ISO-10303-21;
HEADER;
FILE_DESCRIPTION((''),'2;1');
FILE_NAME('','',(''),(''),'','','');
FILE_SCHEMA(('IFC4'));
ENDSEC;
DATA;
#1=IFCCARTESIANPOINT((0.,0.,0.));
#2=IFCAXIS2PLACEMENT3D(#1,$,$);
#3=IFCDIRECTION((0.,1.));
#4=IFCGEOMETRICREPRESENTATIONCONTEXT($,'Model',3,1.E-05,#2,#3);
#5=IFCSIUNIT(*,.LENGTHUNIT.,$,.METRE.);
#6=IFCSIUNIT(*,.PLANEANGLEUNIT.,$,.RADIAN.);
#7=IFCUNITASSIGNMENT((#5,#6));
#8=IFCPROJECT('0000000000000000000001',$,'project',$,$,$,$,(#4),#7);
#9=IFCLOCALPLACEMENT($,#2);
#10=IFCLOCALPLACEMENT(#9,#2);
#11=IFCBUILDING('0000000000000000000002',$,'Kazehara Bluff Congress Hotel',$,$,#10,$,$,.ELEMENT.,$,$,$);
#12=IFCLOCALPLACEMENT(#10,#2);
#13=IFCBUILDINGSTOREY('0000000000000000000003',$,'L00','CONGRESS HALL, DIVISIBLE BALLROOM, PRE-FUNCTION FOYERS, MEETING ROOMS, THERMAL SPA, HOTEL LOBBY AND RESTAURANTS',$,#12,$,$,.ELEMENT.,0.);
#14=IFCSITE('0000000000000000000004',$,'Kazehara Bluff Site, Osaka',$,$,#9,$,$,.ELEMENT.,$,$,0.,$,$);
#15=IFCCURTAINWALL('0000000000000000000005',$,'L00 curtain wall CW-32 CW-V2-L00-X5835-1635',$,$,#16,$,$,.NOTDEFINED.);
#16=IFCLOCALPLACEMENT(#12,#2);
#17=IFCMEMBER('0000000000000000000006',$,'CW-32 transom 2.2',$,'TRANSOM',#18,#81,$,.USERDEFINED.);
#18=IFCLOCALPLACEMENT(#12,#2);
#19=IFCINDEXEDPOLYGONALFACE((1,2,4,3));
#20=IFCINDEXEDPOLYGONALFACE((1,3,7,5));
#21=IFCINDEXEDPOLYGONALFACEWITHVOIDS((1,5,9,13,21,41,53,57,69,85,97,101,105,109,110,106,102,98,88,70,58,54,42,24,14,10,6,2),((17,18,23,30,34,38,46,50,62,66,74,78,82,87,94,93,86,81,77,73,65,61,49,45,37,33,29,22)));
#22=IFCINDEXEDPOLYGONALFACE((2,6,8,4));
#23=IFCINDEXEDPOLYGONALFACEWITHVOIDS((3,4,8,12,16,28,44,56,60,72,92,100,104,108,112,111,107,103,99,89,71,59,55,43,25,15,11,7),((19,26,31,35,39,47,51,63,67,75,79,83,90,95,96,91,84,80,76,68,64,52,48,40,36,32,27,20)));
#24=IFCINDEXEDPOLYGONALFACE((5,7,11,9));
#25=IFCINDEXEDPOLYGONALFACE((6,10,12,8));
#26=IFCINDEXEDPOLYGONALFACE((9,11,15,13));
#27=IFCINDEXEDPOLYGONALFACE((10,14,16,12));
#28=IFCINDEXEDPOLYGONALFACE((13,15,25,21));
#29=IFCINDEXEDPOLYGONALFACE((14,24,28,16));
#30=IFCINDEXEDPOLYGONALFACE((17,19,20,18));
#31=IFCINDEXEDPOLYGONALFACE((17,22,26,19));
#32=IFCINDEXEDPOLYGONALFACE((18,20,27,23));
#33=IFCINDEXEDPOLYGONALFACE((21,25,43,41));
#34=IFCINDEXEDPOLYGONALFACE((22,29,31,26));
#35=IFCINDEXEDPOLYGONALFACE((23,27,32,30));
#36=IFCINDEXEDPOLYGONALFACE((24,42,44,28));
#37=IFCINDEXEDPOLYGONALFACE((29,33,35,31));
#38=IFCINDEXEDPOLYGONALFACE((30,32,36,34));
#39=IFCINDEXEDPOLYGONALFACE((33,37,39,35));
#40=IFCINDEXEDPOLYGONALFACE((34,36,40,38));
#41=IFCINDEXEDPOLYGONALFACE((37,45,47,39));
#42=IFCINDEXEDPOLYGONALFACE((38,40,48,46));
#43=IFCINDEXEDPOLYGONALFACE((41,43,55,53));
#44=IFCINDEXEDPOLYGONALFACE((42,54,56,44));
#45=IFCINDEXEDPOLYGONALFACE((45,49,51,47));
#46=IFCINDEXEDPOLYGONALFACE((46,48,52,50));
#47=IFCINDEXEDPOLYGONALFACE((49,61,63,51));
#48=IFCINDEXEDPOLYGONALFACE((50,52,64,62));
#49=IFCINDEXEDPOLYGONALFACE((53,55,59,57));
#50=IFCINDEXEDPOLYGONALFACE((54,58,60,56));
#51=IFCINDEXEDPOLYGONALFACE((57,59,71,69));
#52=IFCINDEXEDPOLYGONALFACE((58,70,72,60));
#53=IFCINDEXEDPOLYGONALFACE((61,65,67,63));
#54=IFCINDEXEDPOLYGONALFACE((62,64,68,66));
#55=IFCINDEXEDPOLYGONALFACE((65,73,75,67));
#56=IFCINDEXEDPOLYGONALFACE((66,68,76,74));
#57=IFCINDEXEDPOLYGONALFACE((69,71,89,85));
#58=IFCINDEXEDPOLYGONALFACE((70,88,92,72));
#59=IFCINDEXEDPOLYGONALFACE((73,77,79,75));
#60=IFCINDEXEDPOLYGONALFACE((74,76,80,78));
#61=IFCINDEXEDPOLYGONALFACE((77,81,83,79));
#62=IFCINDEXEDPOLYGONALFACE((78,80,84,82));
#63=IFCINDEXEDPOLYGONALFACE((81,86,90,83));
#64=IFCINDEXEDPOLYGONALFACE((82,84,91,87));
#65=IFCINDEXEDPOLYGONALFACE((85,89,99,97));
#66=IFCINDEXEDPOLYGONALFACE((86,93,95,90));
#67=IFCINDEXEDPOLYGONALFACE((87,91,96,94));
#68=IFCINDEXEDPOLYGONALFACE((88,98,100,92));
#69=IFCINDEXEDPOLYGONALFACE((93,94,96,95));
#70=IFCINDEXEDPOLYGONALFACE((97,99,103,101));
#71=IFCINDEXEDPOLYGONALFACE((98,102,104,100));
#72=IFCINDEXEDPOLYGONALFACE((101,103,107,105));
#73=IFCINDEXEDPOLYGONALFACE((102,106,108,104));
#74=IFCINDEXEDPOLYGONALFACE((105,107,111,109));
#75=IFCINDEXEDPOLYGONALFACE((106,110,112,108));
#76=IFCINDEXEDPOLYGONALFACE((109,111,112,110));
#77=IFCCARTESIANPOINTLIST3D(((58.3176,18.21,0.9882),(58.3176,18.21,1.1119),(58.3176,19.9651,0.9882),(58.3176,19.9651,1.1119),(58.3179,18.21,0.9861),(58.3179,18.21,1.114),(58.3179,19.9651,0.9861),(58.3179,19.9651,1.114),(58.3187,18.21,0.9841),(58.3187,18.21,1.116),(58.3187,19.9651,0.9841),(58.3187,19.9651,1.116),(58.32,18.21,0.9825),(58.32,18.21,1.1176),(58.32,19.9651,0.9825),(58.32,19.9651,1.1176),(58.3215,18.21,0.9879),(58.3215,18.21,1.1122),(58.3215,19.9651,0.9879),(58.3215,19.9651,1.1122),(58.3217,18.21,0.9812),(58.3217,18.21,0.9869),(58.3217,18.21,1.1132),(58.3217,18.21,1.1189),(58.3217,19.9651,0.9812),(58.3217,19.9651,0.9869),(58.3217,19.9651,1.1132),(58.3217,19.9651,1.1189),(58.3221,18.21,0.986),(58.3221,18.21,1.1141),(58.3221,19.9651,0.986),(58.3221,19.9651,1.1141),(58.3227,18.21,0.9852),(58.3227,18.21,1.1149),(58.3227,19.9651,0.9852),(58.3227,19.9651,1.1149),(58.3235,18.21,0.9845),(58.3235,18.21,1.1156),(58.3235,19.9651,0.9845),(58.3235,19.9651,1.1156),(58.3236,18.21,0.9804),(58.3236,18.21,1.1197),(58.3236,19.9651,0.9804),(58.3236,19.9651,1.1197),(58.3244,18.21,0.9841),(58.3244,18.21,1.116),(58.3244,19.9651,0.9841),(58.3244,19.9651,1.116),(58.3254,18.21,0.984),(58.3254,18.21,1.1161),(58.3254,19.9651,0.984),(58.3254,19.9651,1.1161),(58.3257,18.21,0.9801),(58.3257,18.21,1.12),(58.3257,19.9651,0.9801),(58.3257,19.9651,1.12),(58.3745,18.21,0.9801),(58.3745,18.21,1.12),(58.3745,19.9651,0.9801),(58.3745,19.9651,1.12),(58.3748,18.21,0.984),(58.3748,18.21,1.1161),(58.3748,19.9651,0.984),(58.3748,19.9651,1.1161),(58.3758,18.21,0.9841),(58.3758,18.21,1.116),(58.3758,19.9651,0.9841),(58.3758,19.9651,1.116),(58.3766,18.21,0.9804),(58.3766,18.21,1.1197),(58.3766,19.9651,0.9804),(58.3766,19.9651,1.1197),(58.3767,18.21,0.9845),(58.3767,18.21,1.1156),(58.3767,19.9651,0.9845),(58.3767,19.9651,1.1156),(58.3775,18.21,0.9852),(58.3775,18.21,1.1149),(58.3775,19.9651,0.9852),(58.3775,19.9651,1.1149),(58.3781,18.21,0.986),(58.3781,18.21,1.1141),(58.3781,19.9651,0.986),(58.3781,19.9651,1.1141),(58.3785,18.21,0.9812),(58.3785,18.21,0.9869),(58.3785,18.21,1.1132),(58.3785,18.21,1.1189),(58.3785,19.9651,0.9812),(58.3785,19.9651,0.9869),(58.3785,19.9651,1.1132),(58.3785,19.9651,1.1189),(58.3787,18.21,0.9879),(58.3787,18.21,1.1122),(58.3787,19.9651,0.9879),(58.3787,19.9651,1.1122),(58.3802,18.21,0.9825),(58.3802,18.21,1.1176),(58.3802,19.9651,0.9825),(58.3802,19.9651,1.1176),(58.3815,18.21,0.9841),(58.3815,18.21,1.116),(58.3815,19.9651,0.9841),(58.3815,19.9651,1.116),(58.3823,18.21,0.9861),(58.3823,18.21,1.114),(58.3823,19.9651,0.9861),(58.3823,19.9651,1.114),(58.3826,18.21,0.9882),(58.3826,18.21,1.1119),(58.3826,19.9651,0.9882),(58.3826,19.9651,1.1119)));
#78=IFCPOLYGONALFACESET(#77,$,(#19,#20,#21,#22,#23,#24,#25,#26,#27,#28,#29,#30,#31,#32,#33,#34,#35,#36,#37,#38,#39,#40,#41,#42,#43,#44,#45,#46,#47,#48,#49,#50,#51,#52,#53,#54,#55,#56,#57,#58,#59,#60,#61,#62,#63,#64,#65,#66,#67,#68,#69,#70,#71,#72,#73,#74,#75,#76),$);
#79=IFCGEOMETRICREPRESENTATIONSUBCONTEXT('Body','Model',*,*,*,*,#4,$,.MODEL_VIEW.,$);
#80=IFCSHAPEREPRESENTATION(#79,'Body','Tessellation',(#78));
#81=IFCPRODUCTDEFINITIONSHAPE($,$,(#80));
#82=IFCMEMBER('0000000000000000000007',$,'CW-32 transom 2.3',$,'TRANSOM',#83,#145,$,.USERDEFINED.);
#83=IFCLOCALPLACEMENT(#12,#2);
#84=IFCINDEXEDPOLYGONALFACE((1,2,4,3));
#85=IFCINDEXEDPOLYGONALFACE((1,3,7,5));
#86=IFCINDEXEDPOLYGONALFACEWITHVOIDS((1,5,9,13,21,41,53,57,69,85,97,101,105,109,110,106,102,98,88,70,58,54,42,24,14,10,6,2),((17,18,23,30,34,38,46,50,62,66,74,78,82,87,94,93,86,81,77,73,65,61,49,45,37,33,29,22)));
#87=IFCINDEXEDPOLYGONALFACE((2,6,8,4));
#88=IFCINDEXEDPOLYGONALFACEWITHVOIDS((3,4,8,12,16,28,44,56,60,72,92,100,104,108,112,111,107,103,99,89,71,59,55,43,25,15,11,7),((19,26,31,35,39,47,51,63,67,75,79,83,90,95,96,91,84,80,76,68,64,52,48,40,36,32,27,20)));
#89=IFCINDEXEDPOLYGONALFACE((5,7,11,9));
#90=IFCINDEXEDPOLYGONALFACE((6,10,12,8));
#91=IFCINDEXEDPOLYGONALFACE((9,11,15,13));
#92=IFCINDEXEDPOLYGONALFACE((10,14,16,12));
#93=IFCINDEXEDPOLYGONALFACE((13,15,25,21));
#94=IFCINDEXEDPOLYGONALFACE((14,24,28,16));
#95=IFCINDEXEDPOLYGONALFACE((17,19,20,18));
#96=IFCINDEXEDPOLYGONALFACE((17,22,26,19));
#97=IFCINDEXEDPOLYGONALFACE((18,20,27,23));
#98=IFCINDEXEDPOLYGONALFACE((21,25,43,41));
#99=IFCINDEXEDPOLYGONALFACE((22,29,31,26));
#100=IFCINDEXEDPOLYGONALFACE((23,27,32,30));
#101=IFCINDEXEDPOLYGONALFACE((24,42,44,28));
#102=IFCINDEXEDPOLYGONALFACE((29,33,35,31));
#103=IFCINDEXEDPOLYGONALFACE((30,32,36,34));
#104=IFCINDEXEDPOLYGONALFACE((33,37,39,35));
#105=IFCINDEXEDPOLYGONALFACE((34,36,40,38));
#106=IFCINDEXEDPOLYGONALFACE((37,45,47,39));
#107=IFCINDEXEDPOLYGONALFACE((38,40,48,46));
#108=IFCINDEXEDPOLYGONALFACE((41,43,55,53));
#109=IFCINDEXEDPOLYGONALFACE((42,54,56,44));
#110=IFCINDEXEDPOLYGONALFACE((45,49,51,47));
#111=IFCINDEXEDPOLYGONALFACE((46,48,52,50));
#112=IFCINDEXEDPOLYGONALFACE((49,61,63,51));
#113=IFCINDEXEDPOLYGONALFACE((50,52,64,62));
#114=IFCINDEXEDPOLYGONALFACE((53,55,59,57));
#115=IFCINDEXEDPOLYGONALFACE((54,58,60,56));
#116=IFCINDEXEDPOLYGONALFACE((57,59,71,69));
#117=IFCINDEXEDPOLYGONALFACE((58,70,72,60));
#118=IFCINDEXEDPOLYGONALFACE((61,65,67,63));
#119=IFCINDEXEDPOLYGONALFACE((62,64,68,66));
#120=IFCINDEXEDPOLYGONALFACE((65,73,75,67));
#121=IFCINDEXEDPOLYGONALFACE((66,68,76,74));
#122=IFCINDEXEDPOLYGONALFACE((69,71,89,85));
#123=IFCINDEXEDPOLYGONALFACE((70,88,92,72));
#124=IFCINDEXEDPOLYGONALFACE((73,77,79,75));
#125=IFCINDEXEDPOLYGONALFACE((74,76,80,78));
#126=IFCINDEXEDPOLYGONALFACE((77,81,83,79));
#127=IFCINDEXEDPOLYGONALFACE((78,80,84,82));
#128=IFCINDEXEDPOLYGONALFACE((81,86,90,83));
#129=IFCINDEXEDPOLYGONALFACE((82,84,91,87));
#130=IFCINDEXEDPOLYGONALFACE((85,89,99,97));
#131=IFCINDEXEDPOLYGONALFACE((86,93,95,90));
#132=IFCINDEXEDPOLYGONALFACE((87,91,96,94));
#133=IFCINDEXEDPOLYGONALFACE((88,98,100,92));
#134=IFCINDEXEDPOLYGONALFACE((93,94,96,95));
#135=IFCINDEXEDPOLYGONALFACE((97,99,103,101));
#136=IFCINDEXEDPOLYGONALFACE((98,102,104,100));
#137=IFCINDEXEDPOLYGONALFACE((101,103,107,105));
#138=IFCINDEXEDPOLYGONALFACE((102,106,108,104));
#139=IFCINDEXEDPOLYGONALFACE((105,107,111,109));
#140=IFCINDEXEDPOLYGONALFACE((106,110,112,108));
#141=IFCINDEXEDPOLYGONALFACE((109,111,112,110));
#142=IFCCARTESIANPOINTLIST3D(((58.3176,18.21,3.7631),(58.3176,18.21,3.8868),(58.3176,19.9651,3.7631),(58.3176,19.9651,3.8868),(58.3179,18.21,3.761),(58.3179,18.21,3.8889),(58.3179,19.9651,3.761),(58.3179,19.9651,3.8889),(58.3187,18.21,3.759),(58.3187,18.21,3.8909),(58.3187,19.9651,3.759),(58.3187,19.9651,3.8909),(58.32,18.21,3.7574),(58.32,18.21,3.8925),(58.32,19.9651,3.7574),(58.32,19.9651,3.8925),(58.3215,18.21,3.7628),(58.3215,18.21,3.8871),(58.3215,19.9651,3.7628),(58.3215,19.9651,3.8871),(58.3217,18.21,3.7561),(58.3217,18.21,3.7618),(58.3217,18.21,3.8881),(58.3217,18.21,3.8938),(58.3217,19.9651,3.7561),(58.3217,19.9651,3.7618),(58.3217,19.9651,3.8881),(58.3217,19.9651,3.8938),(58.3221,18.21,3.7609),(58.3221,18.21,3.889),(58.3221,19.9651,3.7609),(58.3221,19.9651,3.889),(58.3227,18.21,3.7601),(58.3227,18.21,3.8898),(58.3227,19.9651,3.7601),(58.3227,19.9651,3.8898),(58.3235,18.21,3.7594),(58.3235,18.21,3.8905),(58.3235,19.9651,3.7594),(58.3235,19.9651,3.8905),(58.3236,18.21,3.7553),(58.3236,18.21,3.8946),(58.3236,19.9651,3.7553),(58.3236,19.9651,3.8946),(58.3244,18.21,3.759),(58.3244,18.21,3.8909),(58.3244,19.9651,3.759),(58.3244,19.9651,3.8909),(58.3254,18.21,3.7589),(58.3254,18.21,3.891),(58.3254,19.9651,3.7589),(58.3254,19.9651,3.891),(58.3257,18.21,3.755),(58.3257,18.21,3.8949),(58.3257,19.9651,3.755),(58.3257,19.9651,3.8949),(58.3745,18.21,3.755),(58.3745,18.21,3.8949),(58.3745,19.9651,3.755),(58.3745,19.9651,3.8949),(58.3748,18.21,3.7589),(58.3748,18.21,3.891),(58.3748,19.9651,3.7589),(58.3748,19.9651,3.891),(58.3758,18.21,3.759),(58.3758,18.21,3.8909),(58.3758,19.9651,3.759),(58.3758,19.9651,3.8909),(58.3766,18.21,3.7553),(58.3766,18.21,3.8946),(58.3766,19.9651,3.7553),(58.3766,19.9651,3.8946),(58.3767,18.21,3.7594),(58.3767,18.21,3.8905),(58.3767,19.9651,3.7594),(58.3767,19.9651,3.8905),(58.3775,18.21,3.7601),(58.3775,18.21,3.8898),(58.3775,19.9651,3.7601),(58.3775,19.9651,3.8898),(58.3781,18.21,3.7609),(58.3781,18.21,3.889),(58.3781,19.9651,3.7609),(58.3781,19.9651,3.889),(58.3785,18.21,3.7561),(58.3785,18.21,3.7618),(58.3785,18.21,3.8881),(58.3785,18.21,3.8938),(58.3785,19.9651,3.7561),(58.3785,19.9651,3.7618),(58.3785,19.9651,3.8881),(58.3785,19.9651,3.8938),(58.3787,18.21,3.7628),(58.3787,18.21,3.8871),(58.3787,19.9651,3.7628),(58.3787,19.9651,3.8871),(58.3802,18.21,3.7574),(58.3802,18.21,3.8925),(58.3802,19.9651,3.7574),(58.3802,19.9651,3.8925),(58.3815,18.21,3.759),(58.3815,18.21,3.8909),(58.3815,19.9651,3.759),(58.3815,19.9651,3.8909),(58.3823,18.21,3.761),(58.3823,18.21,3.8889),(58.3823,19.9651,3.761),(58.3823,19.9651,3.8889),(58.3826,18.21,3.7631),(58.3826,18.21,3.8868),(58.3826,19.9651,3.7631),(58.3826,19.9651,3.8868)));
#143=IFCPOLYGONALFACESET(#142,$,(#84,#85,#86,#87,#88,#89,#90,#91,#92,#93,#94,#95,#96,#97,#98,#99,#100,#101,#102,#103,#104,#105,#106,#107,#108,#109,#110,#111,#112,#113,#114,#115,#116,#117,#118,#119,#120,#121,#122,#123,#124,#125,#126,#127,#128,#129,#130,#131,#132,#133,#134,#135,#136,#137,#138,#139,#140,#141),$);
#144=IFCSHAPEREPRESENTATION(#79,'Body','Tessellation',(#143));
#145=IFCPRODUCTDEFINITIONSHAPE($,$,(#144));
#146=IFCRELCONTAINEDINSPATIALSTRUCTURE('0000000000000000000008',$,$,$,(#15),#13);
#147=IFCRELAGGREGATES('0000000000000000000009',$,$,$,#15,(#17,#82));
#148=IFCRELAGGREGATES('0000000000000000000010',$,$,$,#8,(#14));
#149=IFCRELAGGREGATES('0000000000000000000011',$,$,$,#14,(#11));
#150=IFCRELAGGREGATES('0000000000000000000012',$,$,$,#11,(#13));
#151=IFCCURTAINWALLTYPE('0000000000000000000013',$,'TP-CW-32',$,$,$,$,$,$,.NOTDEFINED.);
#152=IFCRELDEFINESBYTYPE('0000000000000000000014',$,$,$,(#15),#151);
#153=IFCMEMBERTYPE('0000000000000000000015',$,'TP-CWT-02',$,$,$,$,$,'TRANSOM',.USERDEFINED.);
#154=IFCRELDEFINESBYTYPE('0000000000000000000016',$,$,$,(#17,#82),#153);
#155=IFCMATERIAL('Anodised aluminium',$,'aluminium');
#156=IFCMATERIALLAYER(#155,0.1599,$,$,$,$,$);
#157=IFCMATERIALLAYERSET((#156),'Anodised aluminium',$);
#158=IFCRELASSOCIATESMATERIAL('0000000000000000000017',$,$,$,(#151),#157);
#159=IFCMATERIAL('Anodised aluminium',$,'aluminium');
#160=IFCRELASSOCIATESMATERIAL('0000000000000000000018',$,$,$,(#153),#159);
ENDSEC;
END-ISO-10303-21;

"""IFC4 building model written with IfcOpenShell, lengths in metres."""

from ifc_helpers import new_model, si_unit, direction, frame, origin, origin_2d, place, context, subcontext, project, spatial, hollow_rectangle, extrude, material, layer, layer_set, material_profile, profile_set, type_object, element, aggregate, save


model = new_model("IFC4")

# Units and contexts
model_context = context("Model", 3, precision=1e-05, world=origin(), true_north=direction((0.0, 1.0)))
body_context = subcontext(model_context, "Body", "Model", "MODEL_VIEW")
ifc_project = project(units=[si_unit("LENGTHUNIT", "METRE"), si_unit("PLANEANGLEUNIT", "RADIAN")], contexts=[model_context])

# Site, building, storey
site_placement = place(None, origin())
site = spatial("IfcSite", under=ifc_project, at=site_placement, Name="Kazehara Bluff Site, Osaka", CompositionType="ELEMENT", RefElevation=0.0)
building_placement = place(site_placement, origin())
building = spatial("IfcBuilding", under=site, at=building_placement, Name="Kazehara Bluff Congress Hotel", CompositionType="ELEMENT")
storey_placement = place(building_placement, origin())
storey = spatial("IfcBuildingStorey", under=building, at=storey_placement, Name="L00", Description="CONGRESS HALL, DIVISIBLE BALLROOM, PRE-FUNCTION FOYERS, MEETING ROOMS, THERMAL SPA, HOTEL LOBBY AND RESTAURANTS", CompositionType="ELEMENT", Elevation=0.0)

# Curtain wall, members
ifc_material_1 = material(Name="Anodised aluminium", Category="aluminium")
ifc_layer_1 = layer(ifc_material_1, 0.1599)
ifc_layer_set_1 = layer_set([ifc_layer_1], Name="Anodised aluminium")
curtain_wall_type = type_object("IfcCurtainWallType", Name="TP-CW-32", PredefinedType="NOTDEFINED", material=ifc_layer_set_1)
curtain_wall_placement = place(storey_placement, origin())
curtain_wall = element("IfcCurtainWall", 1, at=curtain_wall_placement, inside=storey, type_object=curtain_wall_type, Name="L00 curtain wall CW-32 CW-V2-L00-X5835-1635", PredefinedType="NOTDEFINED")
ifc_material_2 = material(Name="Anodised aluminium", Category="aluminium")
ifc_material_profile_1 = material_profile(ifc_material_2, hollow_rectangle(XDim=0.0649, YDim=0.1399, WallThickness=0.0039, InnerFilletRadius=0.0039, OuterFilletRadius=0.0081, at=origin_2d()))
ifc_profile_set_1 = profile_set([ifc_material_profile_1], Name="Anodised aluminium")
member_type_1 = type_object("IfcMemberType", Name="TP-CWT-02", ElementType="TRANSOM", PredefinedType="USERDEFINED", material=ifc_profile_set_1)
member_1_placement = place(storey_placement, frame((58.3501, 18.21, 1.05), z_axis=(0.0, 1.0, 0.0), x_axis=(-1.0, 0.0, 0.0)))
member_1 = element("IfcMember", 2, at=member_1_placement, type_object=member_type_1, Name="CW-32 transom 2.2", ObjectType="TRANSOM", PredefinedType="USERDEFINED", context=body_context, shape_type="SweptSolid", body=[
    extrude(hollow_rectangle(XDim=0.0649, YDim=0.1399, WallThickness=0.0039, InnerFilletRadius=0.0039, OuterFilletRadius=0.0081, at=origin_2d()), origin(), (0.0, 0.0, 1.0), 1.7551),
])
member_2_placement = place(storey_placement, frame((58.3501, 18.21, 3.825), z_axis=(0.0, 1.0, 0.0), x_axis=(-1.0, 0.0, 0.0)))
member_2 = element("IfcMember", 3, at=member_2_placement, type_object=member_type_1, Name="CW-32 transom 2.3", ObjectType="TRANSOM", PredefinedType="USERDEFINED", context=body_context, shape_type="SweptSolid", body=[
    extrude(hollow_rectangle(XDim=0.0649, YDim=0.1399, WallThickness=0.0039, InnerFilletRadius=0.0039, OuterFilletRadius=0.0081, at=origin_2d()), origin(), (0.0, 0.0, 1.0), 1.7551),
])

aggregate(curtain_wall, [member_1, member_2])

save(model, "model.ifc")
